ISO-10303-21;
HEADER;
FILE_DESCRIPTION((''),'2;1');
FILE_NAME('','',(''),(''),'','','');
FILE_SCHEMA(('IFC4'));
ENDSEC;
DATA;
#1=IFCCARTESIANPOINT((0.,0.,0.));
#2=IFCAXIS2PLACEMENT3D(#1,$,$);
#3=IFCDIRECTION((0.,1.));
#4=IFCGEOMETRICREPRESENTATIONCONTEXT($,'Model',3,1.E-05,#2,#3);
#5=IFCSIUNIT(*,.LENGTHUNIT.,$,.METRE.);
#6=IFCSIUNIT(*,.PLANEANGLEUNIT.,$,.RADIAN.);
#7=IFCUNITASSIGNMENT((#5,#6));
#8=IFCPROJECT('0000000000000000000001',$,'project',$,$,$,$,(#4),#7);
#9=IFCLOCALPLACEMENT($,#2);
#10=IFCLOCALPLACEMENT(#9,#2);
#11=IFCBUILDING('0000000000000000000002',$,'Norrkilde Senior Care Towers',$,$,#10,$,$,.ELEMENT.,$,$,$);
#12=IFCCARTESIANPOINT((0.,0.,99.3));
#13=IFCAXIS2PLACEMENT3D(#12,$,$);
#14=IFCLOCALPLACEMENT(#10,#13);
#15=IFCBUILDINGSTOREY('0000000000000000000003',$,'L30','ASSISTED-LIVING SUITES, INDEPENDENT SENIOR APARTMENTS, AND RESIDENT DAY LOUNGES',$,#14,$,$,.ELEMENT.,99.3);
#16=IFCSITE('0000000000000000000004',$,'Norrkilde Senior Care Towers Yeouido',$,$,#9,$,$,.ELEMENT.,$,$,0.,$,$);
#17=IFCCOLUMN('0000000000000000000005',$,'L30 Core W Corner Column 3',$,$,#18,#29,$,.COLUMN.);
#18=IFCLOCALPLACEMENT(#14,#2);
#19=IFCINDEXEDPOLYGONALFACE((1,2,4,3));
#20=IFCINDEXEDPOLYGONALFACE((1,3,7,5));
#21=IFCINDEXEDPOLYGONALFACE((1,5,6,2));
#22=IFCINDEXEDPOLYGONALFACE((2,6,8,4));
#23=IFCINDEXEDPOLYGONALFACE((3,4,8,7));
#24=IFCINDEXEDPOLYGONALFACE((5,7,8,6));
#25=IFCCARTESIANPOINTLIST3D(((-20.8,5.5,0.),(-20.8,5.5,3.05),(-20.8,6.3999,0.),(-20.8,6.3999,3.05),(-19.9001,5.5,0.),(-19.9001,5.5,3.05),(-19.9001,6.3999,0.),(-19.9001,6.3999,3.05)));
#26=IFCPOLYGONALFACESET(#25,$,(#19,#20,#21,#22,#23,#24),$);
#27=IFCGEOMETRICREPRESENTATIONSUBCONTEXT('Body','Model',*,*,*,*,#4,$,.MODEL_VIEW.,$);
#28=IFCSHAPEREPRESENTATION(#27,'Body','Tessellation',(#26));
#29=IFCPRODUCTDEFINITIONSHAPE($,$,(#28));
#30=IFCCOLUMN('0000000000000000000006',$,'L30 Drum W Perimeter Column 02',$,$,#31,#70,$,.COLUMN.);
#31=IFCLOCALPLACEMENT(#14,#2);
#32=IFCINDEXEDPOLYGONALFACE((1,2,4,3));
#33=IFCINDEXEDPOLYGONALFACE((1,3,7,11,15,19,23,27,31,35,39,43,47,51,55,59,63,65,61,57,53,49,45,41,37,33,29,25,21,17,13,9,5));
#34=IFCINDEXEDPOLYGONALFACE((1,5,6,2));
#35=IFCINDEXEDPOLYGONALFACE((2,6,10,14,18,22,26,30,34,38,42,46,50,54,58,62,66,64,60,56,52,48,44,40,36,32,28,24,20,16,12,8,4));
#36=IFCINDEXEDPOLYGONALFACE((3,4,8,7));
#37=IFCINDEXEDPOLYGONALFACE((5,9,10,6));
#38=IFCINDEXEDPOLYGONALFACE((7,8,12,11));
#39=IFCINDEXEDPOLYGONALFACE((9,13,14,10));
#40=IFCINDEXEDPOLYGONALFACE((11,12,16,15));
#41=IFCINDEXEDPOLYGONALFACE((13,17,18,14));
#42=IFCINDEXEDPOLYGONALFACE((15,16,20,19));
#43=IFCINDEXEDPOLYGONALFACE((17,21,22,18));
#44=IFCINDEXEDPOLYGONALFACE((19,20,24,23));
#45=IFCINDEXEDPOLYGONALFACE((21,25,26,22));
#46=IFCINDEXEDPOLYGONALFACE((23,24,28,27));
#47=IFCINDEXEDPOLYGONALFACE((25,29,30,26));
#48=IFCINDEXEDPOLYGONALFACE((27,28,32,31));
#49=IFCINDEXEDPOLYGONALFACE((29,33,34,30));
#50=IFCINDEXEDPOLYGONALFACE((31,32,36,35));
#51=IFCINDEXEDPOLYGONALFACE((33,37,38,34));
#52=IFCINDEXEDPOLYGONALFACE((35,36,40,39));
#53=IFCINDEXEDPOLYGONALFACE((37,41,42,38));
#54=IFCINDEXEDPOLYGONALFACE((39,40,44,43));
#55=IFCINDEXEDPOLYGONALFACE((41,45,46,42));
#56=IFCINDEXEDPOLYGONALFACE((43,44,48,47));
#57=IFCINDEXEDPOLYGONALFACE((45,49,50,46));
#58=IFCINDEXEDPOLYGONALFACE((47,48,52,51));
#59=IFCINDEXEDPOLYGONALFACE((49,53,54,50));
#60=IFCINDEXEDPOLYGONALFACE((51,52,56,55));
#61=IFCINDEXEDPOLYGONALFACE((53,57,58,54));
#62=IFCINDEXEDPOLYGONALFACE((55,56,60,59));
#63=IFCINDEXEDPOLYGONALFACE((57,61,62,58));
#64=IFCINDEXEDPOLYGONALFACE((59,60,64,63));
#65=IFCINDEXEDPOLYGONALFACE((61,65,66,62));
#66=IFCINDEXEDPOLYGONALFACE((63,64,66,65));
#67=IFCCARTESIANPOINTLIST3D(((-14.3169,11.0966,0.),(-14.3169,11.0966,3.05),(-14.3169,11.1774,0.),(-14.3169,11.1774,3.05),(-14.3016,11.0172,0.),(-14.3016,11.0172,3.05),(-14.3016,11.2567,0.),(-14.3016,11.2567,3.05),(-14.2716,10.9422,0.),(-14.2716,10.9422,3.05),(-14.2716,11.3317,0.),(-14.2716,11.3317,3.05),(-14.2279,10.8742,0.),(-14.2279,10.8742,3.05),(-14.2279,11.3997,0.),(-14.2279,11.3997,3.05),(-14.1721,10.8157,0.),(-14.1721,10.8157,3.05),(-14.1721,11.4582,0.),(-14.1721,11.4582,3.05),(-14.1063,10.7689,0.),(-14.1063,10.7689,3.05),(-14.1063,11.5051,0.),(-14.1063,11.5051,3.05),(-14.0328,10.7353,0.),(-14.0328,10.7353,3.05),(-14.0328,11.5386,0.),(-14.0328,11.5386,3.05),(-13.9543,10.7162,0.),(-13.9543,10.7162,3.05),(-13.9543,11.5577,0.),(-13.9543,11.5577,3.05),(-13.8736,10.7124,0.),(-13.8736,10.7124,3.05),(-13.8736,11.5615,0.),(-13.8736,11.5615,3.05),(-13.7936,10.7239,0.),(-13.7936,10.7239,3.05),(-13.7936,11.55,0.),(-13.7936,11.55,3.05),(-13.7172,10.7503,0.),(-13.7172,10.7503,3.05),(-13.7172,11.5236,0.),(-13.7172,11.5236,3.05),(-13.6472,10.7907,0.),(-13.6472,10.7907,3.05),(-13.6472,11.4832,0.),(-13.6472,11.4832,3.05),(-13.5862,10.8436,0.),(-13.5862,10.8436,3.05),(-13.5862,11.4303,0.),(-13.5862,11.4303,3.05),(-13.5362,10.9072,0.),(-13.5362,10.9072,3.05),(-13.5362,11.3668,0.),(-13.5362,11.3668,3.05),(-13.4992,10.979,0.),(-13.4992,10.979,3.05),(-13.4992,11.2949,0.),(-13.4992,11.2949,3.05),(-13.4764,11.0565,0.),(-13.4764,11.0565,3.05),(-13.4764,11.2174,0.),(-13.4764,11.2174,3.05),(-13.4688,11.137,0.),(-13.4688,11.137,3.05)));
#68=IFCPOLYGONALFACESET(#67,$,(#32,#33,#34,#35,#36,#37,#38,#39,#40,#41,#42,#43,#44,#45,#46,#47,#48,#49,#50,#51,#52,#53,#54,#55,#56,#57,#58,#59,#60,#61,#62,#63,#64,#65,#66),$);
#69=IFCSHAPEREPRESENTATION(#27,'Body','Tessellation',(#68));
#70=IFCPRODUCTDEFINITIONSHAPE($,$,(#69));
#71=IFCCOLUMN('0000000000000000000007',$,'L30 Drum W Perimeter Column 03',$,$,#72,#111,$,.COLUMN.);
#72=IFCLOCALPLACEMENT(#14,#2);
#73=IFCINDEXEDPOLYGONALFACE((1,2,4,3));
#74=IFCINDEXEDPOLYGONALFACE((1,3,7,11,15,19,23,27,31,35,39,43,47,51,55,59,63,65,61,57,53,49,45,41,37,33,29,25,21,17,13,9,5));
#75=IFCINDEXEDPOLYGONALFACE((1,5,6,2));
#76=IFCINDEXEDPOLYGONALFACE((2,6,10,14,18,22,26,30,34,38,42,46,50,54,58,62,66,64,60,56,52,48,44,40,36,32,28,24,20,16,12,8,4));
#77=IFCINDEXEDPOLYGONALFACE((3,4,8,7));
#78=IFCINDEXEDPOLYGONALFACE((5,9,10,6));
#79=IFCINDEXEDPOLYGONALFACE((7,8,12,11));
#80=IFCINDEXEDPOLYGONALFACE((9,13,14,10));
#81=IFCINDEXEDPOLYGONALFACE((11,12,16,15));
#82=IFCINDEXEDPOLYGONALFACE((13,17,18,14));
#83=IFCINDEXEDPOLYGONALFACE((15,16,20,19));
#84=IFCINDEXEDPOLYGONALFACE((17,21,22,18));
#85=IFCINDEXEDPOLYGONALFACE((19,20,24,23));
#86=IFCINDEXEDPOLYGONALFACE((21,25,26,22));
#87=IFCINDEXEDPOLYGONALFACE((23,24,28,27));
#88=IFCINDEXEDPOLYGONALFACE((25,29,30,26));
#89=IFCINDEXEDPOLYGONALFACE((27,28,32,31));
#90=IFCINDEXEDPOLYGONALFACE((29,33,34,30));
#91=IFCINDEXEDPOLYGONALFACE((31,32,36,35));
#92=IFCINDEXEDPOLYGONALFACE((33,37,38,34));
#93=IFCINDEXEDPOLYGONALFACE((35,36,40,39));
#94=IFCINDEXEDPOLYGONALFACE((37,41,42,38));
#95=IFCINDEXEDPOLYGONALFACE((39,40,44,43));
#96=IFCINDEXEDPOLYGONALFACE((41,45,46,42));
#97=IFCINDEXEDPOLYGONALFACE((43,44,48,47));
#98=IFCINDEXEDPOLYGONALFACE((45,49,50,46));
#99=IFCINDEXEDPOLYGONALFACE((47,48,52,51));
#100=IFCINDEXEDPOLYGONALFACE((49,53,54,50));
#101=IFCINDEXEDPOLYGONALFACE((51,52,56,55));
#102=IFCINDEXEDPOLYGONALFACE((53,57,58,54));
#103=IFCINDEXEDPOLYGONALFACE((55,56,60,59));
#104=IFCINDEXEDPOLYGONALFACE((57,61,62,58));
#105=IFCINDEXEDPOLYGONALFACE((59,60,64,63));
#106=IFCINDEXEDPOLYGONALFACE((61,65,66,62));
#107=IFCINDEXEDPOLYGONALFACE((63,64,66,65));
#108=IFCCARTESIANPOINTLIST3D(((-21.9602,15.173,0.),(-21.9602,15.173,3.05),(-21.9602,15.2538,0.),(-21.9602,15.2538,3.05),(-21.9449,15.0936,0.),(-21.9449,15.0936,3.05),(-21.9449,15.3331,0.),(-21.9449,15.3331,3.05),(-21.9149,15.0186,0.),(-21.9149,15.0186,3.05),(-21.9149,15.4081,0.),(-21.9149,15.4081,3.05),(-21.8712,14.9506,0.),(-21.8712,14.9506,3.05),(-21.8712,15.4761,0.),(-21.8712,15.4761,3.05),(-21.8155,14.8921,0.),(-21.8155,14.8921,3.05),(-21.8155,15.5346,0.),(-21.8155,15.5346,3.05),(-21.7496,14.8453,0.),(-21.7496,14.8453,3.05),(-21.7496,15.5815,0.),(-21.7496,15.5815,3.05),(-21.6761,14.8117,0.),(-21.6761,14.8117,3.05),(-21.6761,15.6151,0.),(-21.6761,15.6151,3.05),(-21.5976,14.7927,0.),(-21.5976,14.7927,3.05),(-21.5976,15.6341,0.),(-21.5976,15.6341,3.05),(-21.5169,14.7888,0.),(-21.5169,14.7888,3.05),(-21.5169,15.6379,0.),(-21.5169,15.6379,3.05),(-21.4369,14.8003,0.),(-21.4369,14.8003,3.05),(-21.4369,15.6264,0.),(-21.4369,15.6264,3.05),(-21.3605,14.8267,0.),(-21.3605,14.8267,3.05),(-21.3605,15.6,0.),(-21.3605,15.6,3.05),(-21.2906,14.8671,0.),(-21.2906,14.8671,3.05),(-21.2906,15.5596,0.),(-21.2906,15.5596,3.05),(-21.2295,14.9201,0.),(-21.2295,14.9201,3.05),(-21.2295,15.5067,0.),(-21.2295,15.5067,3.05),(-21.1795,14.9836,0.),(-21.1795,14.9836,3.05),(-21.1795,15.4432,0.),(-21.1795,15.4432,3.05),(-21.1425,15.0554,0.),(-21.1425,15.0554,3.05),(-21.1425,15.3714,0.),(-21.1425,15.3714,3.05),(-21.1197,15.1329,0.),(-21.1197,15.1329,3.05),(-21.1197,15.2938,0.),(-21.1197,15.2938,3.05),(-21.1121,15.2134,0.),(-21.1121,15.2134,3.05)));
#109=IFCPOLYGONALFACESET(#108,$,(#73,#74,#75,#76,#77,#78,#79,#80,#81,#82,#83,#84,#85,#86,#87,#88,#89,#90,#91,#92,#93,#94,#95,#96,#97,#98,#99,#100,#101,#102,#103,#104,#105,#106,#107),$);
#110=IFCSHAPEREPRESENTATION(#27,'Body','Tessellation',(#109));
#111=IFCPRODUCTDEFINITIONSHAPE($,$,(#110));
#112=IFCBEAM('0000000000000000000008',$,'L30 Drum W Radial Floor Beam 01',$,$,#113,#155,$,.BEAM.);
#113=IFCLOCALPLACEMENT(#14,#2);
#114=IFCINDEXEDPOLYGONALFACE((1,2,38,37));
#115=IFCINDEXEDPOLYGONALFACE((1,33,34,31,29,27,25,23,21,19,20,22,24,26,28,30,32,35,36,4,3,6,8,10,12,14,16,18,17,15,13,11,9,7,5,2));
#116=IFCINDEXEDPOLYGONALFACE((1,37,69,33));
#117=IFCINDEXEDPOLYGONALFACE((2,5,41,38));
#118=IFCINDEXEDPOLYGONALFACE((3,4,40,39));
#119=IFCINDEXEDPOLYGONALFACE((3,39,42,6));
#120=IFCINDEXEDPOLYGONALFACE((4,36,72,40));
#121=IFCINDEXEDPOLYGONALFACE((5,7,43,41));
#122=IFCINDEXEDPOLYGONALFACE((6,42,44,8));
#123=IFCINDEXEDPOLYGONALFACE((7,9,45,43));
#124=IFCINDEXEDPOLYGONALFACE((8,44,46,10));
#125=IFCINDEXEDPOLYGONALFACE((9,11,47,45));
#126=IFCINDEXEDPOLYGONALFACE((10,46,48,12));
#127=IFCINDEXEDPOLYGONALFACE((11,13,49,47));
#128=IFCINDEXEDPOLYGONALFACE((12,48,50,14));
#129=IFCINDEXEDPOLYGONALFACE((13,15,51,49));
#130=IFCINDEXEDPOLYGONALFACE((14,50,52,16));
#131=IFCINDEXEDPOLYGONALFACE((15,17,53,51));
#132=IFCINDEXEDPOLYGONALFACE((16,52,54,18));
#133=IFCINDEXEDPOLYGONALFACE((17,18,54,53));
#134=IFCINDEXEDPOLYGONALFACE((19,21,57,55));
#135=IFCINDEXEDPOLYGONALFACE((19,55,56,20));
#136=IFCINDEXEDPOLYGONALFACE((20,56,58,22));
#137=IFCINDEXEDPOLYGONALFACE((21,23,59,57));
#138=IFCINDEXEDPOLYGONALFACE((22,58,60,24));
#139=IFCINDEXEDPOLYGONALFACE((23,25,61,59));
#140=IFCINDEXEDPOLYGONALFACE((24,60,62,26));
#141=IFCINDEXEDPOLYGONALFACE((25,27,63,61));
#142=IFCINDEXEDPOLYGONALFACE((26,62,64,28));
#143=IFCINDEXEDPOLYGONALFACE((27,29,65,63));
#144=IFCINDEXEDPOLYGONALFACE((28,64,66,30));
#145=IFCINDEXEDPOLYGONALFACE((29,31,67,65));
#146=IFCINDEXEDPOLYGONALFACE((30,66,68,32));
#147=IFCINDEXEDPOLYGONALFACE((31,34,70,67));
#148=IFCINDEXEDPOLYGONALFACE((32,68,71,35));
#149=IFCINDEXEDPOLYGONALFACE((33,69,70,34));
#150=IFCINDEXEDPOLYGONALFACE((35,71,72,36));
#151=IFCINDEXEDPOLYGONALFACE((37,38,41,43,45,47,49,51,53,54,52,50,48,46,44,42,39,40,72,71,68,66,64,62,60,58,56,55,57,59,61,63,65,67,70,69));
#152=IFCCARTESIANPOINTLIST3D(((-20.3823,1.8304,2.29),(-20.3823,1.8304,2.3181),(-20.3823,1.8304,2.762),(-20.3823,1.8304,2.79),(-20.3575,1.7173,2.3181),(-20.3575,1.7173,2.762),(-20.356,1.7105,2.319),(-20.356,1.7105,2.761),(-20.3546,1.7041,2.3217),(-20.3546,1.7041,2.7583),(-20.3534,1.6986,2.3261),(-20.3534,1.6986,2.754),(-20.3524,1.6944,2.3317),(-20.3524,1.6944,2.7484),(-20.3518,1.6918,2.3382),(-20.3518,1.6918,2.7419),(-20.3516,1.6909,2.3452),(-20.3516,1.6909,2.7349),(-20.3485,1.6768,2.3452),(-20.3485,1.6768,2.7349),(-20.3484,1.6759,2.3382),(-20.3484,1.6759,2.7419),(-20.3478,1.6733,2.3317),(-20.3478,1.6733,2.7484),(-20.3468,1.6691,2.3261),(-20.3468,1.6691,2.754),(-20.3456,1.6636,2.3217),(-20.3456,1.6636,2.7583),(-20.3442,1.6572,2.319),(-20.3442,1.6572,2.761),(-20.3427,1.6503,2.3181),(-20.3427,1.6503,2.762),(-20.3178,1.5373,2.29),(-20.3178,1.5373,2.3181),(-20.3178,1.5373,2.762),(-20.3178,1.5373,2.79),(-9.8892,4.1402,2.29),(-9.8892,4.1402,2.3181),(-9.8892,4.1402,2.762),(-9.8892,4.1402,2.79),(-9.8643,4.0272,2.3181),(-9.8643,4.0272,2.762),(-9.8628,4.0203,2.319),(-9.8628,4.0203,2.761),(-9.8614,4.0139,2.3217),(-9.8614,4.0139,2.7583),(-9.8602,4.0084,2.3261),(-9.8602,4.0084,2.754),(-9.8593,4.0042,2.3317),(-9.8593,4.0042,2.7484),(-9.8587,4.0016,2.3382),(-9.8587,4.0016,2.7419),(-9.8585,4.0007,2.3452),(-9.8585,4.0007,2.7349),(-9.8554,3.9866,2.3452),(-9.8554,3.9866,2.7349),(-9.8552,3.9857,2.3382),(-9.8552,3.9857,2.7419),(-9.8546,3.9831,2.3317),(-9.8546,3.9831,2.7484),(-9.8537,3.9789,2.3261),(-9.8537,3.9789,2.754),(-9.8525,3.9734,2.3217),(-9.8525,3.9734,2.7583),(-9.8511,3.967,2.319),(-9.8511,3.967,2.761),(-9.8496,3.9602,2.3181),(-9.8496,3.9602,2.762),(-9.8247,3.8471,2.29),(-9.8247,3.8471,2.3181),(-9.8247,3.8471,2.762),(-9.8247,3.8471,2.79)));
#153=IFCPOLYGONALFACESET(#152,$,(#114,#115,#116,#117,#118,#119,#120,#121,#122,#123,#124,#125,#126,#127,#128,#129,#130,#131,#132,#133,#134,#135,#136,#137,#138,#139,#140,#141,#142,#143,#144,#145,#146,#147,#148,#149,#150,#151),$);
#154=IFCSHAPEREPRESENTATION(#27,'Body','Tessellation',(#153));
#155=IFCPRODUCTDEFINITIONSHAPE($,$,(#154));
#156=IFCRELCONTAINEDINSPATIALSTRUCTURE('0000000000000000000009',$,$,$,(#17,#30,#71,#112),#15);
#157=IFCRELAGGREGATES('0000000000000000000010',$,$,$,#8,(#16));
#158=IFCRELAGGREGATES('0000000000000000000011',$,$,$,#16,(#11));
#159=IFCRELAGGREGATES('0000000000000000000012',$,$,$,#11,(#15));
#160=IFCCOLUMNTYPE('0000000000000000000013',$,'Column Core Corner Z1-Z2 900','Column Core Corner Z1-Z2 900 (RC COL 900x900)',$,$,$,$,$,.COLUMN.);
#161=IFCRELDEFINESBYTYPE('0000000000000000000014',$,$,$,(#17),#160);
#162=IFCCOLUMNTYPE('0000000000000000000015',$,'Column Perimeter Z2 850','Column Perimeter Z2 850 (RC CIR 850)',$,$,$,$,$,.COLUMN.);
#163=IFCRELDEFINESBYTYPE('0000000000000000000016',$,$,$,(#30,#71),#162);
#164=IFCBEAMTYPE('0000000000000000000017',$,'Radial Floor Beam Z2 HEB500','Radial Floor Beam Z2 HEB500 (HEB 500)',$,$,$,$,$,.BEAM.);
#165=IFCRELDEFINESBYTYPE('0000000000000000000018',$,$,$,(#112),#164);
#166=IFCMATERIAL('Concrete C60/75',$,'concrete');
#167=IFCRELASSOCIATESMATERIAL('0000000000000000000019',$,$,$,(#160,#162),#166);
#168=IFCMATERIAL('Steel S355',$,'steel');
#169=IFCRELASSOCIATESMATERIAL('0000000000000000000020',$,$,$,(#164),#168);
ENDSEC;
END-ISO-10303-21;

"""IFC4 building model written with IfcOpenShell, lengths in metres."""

from ifc_helpers import new_model, si_unit, direction, frame, origin, origin_2d, place, context, subcontext, project, spatial, rectangle, circle, i_section, extrude, source, transform, mapped, material, material_profile, profile_set, type_object, type_shapes, element, save


model = new_model("IFC4")

# Units and contexts
model_context = context("Model", 3, precision=1e-05, world=origin(), true_north=direction((0.0, 1.0)))
body_context = subcontext(model_context, "Body", "Model", "MODEL_VIEW")
ifc_project = project(units=[si_unit("LENGTHUNIT", "METRE"), si_unit("PLANEANGLEUNIT", "RADIAN")], contexts=[model_context])

# Site, building, storey
site_placement = place(None, origin())
site = spatial("IfcSite", under=ifc_project, at=site_placement, Name="Norrkilde Senior Care Towers Yeouido", CompositionType="ELEMENT", RefElevation=0.0)
building_placement = place(site_placement, origin())
building = spatial("IfcBuilding", under=site, at=building_placement, Name="Norrkilde Senior Care Towers", CompositionType="ELEMENT")
storey_placement = place(building_placement, frame((0.0, 0.0, 99.3)))
storey = spatial("IfcBuildingStorey", under=building, at=storey_placement, Name="L30", Description="ASSISTED-LIVING SUITES, INDEPENDENT SENIOR APARTMENTS, AND RESIDENT DAY LOUNGES", CompositionType="ELEMENT", Elevation=99.3)

# Columns
ifc_material_1 = material(Name="Concrete C60/75", Category="concrete")
ifc_material_profile_1 = material_profile(ifc_material_1, rectangle(XDim=0.8999, YDim=0.8999, at=origin_2d()), Name="RC COL 900x900")
ifc_profile_set_1 = profile_set([ifc_material_profile_1], Name="Concrete C60/75")
column_type_1 = type_object("IfcColumnType", Name="Column Core Corner Z1-Z2 900", Description="Column Core Corner Z1-Z2 900 (RC COL 900x900)", PredefinedType="COLUMN", material=ifc_profile_set_1)
shared_shape_1 = source(origin(), body_context, "Body", "SweptSolid", [
    extrude(rectangle(XDim=0.8999, YDim=0.8999, at=origin_2d()), origin(), (0.0, 0.0, 1.0), 3.05),
])
type_shapes(column_type_1, [shared_shape_1])
column_placement = place(storey_placement, frame((-20.3501, 5.95, 0.0), z_axis=(0.0, 0.0, 1.0), x_axis=(1.0, 0.0, 0.0)))
element("IfcColumn", 1, at=column_placement, inside=storey, type_object=column_type_1, Name="L30 Core W Corner Column 3", PredefinedType="COLUMN", context=body_context, shape_type="MappedRepresentation", body=[
    mapped(shared_shape_1, transform((0.0, 0.0, 0.0), x_axis=(1.0, 0.0, 0.0), y_axis=(0.0, 1.0, 0.0), z_axis=(0.0, 0.0, 1.0), scale=1.0)),
])
ifc_material_profile_2 = material_profile(ifc_material_1, circle(Radius=0.425, at=origin_2d()), Name="RC CIR 850")
ifc_profile_set_2 = profile_set([ifc_material_profile_2], Name="Concrete C60/75")
column_type_2 = type_object("IfcColumnType", Name="Column Perimeter Z2 850", Description="Column Perimeter Z2 850 (RC CIR 850)", PredefinedType="COLUMN", material=ifc_profile_set_2)
shared_shape_2 = source(origin(), body_context, "Body", "SweptSolid", [
    extrude(circle(Radius=0.425, at=origin_2d()), origin(), (0.0, 0.0, 1.0), 3.05),
])
type_shapes(column_type_2, [shared_shape_2])
for number, where, z_axis, x_axis, name in (
    (2, (-13.8938, 11.137, 0.0), (0.0, 0.0, 1.0), (1.0, 0.0, 0.0), "L30 Drum W Perimeter Column 02"),
    (3, (-21.5371, 15.2134, 0.0), (0.0, 0.0, 1.0), (1.0, 0.0, 0.0), "L30 Drum W Perimeter Column 03"),
):
    element("IfcColumn", number, at=place(storey_placement, frame(where, z_axis=z_axis, x_axis=x_axis)), inside=storey, type_object=column_type_2, Name=name, PredefinedType="COLUMN", context=body_context, shape_type="MappedRepresentation", body=[
        mapped(shared_shape_2, transform((0.0, 0.0, 0.0), x_axis=(1.0, 0.0, 0.0), y_axis=(0.0, 1.0, 0.0), z_axis=(0.0, 0.0, 1.0), scale=1.0)),
    ])

# Beam
ifc_material_2 = material(Name="Steel S355", Category="steel")
ifc_material_profile_3 = material_profile(ifc_material_2, i_section(OverallWidth=0.3, OverallDepth=0.5, WebThickness=0.0144, FlangeThickness=0.0281, FilletRadius=0.0271, at=origin_2d()), Name="HEB 500")
ifc_profile_set_3 = profile_set([ifc_material_profile_3], Name="Steel S355")
beam_type_1 = type_object("IfcBeamType", Name="Radial Floor Beam Z2 HEB500", Description="Radial Floor Beam Z2 HEB500 (HEB 500)", PredefinedType="BEAM", material=ifc_profile_set_3)
shared_shape_3 = source(origin(), body_context, "Body", "SweptSolid", [
    extrude(i_section(OverallWidth=0.3, OverallDepth=0.5, WebThickness=0.0144, FlangeThickness=0.0281, FilletRadius=0.0271, at=origin_2d()), origin(), (0.0, 0.0, 1.0), 10.7444),
])
beam_1_placement = place(storey_placement, frame((-20.3501, 1.6838, 2.54), z_axis=(0.976619, 0.214979, 0.0), x_axis=(-0.214979, 0.976619, 0.0)))
element("IfcBeam", 4, at=beam_1_placement, inside=storey, type_object=beam_type_1, Name="L30 Drum W Radial Floor Beam 01", PredefinedType="BEAM", context=body_context, shape_type="MappedRepresentation", body=[
    mapped(shared_shape_3, transform((0.0, 0.0, 0.0), x_axis=(1.0, 0.0, 0.0), y_axis=(0.0, 1.0, 0.0), z_axis=(0.0, 0.0, 1.0), scale=1.0)),
])

save(model, "model.ifc")
